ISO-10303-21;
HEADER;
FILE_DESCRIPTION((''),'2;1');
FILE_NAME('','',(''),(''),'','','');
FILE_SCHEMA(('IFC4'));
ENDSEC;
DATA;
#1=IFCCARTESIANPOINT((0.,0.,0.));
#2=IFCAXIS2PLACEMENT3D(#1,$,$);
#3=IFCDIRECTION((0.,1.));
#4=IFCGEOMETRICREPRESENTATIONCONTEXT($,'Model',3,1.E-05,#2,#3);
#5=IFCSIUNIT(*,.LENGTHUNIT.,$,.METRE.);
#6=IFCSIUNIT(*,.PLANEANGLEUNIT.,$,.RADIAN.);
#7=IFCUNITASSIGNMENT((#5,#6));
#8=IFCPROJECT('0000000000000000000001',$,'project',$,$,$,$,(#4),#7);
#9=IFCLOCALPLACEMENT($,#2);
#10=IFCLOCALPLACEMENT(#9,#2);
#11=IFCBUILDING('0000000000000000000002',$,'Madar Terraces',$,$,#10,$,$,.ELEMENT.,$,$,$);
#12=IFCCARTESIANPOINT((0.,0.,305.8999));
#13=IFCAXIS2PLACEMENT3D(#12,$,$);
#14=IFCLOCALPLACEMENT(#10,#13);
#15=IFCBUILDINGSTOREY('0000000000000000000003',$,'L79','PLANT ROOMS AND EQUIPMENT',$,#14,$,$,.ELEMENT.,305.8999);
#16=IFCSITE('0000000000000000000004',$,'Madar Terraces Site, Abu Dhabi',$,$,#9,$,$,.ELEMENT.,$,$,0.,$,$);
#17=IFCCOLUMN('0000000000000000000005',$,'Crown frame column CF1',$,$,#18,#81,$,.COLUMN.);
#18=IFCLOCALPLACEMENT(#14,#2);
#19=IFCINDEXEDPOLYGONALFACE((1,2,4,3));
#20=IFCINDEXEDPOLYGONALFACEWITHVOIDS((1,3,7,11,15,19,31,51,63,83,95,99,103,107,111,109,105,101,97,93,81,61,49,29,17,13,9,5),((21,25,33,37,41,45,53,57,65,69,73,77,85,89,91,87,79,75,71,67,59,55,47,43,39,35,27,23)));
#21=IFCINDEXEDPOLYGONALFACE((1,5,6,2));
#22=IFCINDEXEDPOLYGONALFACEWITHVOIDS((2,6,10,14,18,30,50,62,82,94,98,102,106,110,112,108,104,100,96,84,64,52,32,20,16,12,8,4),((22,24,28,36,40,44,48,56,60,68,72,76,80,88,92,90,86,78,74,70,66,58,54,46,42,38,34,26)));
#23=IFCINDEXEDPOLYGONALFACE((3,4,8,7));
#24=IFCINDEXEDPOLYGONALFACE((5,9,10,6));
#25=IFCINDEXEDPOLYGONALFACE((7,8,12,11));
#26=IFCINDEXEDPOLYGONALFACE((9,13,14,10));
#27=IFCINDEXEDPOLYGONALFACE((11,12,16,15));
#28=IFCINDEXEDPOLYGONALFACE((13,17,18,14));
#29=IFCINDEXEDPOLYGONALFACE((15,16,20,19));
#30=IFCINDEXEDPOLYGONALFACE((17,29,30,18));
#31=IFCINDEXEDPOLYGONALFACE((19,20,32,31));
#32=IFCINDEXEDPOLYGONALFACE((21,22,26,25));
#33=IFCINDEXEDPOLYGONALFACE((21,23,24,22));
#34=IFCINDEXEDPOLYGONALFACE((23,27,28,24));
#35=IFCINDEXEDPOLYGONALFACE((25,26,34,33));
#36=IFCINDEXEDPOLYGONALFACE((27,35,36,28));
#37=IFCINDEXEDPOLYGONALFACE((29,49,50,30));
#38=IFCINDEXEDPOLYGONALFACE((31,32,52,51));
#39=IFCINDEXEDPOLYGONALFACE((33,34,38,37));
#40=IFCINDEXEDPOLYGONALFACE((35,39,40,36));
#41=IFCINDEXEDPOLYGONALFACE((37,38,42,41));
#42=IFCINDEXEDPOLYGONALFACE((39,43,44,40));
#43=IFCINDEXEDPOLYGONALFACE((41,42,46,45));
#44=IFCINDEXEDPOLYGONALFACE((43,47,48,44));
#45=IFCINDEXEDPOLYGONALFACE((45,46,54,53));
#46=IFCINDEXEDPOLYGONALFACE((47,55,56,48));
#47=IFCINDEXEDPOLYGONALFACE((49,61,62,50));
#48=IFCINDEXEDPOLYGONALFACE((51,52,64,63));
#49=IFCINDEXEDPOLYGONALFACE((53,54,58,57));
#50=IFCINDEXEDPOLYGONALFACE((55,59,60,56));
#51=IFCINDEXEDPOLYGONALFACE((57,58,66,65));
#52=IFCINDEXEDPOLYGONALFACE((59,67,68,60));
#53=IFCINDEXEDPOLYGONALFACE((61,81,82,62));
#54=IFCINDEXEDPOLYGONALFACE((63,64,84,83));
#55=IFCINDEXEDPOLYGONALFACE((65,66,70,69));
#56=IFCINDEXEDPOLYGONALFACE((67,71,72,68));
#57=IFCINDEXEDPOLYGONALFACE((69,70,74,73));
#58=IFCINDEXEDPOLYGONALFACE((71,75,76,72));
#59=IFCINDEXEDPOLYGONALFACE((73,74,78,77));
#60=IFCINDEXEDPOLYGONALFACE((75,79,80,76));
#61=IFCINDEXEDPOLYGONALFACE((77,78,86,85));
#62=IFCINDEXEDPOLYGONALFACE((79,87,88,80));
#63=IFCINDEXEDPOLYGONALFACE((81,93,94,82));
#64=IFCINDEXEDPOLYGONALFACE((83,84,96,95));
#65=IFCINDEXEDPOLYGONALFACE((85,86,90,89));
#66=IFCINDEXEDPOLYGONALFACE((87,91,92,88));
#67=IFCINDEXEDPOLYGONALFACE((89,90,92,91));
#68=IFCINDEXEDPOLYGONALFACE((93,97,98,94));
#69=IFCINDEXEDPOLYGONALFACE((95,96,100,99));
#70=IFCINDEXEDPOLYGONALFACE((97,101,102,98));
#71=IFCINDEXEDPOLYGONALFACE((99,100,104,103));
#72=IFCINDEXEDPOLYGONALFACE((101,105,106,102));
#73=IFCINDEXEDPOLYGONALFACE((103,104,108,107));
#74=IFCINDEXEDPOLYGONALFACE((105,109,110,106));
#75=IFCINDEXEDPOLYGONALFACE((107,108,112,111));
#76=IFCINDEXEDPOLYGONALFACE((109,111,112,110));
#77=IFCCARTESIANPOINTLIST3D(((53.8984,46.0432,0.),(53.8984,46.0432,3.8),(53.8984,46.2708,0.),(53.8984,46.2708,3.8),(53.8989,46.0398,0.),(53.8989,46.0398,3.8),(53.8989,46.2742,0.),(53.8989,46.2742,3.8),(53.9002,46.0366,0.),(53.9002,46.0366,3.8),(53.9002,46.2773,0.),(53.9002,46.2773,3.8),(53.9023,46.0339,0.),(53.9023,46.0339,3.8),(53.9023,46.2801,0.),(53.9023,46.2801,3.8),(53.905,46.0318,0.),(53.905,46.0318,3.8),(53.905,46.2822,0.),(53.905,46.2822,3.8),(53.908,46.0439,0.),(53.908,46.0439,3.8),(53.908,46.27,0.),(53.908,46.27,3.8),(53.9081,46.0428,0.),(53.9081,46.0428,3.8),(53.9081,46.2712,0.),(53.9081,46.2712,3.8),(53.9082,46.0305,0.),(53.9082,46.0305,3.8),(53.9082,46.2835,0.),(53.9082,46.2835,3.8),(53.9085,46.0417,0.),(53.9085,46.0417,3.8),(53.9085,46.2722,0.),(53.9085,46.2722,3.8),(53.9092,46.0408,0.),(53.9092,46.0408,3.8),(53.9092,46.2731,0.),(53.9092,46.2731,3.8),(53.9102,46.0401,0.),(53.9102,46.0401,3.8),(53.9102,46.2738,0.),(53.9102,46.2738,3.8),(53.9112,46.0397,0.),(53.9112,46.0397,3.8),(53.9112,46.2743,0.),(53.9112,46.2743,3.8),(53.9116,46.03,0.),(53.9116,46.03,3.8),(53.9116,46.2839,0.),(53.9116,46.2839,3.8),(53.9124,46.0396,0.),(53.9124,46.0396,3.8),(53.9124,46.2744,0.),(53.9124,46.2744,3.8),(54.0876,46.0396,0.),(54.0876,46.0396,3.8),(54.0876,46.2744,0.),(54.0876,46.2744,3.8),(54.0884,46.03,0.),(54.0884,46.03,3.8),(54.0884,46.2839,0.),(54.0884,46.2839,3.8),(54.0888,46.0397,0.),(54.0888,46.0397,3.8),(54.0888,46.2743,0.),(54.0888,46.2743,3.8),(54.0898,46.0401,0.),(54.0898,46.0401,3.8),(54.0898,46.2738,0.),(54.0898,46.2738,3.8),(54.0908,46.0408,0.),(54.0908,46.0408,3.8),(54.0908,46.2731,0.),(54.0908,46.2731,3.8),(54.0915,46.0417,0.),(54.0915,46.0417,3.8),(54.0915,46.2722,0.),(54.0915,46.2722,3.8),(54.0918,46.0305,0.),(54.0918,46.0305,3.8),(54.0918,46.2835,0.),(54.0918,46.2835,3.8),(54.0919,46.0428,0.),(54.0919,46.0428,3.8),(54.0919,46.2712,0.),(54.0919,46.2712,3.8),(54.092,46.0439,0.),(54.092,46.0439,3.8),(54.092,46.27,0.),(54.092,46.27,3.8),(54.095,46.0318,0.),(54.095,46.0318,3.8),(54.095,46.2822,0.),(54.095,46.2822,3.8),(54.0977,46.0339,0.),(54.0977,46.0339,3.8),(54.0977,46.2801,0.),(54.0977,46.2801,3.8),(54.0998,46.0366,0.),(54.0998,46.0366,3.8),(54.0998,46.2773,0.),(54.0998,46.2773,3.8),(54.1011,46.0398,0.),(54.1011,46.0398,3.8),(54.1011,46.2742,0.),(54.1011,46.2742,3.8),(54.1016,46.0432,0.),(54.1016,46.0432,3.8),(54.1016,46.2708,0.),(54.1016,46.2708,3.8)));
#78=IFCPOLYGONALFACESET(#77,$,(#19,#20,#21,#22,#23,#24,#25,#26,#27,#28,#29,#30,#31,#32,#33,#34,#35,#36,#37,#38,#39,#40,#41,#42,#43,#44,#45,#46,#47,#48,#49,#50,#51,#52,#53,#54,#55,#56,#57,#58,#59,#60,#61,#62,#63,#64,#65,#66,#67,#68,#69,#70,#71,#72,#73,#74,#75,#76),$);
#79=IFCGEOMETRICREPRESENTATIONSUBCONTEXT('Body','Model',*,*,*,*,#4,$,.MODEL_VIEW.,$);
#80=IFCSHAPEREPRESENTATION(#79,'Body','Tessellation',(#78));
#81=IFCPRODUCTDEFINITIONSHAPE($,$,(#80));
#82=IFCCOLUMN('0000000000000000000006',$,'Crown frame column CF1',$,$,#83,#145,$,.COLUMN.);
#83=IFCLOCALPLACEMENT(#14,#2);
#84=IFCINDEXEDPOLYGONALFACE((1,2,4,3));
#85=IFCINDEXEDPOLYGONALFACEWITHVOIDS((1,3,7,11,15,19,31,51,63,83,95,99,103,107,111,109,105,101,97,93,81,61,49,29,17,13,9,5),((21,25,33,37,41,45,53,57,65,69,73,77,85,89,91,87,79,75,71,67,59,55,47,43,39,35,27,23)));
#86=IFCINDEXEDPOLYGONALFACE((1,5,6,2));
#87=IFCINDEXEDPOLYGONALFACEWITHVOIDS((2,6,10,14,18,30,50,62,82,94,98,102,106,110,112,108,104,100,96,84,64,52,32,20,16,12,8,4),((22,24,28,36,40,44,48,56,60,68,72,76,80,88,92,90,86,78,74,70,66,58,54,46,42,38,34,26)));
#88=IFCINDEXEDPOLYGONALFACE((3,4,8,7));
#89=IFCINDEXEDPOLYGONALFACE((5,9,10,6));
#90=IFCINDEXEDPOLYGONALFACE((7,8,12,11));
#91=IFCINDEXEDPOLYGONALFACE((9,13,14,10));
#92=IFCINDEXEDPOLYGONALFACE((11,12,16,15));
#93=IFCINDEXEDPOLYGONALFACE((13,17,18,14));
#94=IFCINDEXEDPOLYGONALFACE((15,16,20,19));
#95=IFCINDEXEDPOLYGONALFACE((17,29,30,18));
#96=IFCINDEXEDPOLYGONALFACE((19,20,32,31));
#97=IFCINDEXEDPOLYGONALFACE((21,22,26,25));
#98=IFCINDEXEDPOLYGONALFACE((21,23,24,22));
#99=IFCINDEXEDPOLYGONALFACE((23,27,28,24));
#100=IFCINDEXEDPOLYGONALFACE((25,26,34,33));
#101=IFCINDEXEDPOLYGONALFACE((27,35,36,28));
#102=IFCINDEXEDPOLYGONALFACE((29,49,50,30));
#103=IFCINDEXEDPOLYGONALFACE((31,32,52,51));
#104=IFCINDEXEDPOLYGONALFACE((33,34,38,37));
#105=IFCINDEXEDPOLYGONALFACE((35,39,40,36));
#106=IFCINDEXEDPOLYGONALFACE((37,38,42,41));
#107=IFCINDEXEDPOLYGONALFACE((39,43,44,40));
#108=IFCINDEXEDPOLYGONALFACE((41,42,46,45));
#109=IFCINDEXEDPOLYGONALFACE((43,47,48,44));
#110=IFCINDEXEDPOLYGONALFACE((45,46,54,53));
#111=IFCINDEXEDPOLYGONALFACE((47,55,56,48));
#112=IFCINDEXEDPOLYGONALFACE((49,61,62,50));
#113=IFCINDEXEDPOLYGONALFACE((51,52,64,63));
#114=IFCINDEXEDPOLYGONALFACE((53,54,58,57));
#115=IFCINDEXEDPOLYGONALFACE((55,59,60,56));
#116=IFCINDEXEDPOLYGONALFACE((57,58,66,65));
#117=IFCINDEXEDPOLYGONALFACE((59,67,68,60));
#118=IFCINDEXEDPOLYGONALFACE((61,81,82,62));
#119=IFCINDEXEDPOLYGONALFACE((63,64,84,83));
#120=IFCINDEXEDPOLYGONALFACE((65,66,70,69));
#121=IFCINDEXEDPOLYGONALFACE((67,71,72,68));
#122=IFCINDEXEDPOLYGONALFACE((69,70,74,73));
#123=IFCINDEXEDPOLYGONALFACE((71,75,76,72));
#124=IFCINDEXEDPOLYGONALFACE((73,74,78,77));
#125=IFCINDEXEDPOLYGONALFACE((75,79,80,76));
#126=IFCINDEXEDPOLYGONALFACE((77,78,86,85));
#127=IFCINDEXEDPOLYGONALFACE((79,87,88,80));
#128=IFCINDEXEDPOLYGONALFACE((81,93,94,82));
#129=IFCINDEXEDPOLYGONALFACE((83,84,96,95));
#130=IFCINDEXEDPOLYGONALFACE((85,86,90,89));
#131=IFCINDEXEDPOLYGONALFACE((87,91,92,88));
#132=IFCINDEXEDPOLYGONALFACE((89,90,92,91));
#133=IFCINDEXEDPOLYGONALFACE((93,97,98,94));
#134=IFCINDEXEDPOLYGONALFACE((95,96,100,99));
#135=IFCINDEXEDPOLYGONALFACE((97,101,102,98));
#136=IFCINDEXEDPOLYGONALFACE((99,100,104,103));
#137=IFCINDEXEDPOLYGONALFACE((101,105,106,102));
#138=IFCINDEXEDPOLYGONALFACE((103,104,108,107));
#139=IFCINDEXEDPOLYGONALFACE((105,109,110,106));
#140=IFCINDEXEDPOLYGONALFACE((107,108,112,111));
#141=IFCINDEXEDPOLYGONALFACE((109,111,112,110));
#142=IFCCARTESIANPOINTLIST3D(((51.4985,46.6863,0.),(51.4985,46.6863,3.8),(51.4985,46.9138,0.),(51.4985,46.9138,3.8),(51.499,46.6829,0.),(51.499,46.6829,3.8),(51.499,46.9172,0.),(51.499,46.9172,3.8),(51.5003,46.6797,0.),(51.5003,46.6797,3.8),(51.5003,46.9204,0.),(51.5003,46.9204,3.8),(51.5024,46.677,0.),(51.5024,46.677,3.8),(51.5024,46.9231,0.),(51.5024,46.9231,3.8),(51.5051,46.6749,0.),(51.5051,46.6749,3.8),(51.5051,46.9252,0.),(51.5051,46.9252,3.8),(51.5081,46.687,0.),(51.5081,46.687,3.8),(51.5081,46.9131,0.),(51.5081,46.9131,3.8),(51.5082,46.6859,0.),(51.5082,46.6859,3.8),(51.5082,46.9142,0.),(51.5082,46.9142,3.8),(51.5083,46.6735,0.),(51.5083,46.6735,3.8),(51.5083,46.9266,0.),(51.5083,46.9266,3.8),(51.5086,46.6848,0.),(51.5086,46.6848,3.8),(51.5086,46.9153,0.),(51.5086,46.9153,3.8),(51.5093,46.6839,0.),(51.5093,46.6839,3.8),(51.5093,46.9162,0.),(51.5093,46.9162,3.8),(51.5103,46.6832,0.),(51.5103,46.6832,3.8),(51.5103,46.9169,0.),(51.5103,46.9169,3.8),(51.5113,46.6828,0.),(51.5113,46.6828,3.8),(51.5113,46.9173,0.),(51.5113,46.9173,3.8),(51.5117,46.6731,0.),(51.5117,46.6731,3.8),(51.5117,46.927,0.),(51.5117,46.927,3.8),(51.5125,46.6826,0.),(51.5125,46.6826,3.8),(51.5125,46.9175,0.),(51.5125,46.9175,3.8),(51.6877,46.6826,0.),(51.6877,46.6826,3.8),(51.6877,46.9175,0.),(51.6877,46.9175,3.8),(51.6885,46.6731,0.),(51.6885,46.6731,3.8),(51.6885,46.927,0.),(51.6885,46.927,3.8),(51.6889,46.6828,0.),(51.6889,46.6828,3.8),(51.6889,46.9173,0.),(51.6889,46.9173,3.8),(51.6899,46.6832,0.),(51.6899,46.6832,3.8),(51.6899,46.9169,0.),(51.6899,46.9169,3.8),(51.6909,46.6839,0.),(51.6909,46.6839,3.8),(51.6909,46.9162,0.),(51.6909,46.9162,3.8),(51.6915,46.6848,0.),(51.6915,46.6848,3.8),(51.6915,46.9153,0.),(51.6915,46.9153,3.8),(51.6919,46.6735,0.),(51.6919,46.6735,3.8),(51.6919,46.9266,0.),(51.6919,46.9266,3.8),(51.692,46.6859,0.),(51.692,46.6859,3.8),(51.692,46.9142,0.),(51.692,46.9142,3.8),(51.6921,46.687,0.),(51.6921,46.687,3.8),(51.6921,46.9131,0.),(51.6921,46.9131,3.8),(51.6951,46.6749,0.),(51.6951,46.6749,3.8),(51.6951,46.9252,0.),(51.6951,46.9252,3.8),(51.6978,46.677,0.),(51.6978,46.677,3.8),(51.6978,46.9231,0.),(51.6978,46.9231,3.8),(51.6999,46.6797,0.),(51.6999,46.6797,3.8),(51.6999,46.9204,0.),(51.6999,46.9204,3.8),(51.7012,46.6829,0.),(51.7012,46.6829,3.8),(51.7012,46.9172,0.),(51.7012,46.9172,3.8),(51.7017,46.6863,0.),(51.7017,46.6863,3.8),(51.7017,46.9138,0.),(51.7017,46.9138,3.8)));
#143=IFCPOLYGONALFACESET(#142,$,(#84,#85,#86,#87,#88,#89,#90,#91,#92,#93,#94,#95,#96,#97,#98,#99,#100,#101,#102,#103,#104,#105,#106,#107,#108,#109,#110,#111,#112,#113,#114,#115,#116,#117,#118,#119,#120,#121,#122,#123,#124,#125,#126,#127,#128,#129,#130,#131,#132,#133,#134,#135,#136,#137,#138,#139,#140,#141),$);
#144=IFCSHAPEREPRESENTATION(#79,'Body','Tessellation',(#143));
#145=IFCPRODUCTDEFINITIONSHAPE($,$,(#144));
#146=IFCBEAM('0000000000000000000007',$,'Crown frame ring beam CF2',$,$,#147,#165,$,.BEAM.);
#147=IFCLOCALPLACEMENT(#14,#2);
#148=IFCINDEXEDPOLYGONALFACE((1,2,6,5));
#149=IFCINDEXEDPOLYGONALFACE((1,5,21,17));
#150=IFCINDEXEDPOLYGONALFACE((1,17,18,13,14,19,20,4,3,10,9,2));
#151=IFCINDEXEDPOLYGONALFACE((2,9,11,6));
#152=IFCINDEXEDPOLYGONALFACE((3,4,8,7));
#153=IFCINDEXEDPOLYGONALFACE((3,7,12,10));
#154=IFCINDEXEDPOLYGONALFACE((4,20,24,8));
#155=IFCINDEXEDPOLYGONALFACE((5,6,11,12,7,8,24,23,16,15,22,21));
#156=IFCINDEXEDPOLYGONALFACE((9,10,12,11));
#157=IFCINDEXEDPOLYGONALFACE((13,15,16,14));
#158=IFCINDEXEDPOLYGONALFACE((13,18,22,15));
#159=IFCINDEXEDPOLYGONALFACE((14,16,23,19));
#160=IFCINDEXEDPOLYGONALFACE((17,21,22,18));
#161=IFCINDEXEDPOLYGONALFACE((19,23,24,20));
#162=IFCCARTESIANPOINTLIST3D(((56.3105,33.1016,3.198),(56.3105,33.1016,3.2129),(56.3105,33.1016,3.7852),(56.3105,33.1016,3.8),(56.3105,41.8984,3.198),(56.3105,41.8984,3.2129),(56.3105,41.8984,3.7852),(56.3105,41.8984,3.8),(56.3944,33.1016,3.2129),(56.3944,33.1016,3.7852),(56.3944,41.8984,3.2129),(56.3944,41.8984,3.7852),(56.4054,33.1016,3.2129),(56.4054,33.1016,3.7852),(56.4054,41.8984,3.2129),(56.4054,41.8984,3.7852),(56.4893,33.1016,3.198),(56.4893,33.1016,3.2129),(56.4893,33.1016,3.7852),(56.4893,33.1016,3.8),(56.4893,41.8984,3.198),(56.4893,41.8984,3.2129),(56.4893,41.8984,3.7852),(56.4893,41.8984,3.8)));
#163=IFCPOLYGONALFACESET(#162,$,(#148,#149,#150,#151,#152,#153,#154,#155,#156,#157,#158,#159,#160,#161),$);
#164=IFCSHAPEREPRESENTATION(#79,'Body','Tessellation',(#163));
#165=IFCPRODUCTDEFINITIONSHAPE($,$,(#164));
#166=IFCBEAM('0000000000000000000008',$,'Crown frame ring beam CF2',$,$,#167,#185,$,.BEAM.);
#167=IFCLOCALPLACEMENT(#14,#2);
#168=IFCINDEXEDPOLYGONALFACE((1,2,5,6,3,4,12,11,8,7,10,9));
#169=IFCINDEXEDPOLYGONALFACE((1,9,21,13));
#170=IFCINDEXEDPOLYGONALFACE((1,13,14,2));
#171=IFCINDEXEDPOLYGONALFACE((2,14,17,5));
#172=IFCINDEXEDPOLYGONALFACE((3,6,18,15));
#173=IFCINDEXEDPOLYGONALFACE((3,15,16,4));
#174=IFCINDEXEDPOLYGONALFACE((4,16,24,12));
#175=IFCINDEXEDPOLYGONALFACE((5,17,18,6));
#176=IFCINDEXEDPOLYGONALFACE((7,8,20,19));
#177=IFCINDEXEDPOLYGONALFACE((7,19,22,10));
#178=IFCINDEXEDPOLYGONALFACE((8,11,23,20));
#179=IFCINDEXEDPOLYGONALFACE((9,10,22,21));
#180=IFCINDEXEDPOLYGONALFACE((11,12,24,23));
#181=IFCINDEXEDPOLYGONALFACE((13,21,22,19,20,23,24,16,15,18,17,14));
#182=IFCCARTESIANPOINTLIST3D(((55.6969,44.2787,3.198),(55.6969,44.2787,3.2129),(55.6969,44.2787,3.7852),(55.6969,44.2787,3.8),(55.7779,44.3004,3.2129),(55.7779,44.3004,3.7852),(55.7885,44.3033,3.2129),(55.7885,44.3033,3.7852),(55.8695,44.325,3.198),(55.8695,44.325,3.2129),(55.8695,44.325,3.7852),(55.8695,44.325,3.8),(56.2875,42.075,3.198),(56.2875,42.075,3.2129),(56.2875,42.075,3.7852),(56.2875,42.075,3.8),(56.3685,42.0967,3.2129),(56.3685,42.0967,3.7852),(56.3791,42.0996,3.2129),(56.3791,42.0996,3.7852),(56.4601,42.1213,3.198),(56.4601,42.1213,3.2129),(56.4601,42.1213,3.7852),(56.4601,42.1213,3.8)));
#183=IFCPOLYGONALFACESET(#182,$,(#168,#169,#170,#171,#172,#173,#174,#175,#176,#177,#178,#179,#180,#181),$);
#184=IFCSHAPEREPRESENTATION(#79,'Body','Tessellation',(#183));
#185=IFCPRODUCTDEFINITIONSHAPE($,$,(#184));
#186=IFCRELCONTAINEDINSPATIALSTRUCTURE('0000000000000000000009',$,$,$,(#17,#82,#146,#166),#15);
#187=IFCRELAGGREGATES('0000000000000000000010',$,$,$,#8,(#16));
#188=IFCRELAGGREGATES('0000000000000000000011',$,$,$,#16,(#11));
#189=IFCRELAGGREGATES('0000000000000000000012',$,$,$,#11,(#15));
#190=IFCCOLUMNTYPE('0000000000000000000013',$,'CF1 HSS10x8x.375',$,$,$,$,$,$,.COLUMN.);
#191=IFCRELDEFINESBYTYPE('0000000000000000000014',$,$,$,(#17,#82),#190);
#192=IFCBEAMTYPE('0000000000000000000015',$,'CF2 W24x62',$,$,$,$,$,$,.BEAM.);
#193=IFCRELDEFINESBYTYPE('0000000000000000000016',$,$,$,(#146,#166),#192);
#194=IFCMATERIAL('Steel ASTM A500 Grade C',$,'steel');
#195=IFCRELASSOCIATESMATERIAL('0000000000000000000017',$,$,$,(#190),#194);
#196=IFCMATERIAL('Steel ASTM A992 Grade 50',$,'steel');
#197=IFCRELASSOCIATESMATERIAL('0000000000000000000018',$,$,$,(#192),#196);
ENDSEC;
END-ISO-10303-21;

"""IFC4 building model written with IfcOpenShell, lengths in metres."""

from ifc_helpers import new_model, si_unit, direction, frame, origin, origin_2d, place, context, subcontext, project, spatial, hollow_rectangle, i_section, extrude, material, material_profile, profile_set, type_object, element, save


model = new_model("IFC4")

# Units and contexts
model_context = context("Model", 3, precision=1e-05, world=origin(), true_north=direction((0.0, 1.0)))
body_context = subcontext(model_context, "Body", "Model", "MODEL_VIEW")
ifc_project = project(units=[si_unit("LENGTHUNIT", "METRE"), si_unit("PLANEANGLEUNIT", "RADIAN")], contexts=[model_context])

# Site, building, storey
site_placement = place(None, origin())
site = spatial("IfcSite", under=ifc_project, at=site_placement, Name="Madar Terraces Site, Abu Dhabi", CompositionType="ELEMENT", RefElevation=0.0)
building_placement = place(site_placement, origin())
building = spatial("IfcBuilding", under=site, at=building_placement, Name="Madar Terraces", CompositionType="ELEMENT")
storey_placement = place(building_placement, frame((0.0, 0.0, 305.8999)))
storey = spatial("IfcBuildingStorey", under=building, at=storey_placement, Name="L79", Description="PLANT ROOMS AND EQUIPMENT", CompositionType="ELEMENT", Elevation=305.8999)

# Columns
ifc_material_1 = material(Name="Steel ASTM A500 Grade C", Category="steel")
ifc_material_profile_1 = material_profile(ifc_material_1, hollow_rectangle(XDim=0.2031, YDim=0.2539, WallThickness=0.0095, InnerFilletRadius=0.0044, OuterFilletRadius=0.0132, at=origin_2d()), Name="HSS10x8x.375")
ifc_profile_set_1 = profile_set([ifc_material_profile_1], Name="Steel ASTM A500 Grade C")
column_type = type_object("IfcColumnType", Name="CF1 HSS10x8x.375", PredefinedType="COLUMN", material=ifc_profile_set_1)
for number, where, z_axis, x_axis, name in (
    (1, (54.0, 46.157, 0.0), (0.0, 0.0, 1.0), (1.0, 0.0, 0.0), "Crown frame column CF1"),
    (2, (51.6001, 46.8, 0.0), (0.0, 0.0, 1.0), (1.0, 0.0, 0.0), "Crown frame column CF1"),
):
    element("IfcColumn", number, at=place(storey_placement, frame(where, z_axis=z_axis, x_axis=x_axis)), inside=storey, type_object=column_type, Name=name, PredefinedType="COLUMN", context=body_context, shape_type="SweptSolid", body=[
        extrude(hollow_rectangle(XDim=0.2031, YDim=0.2539, WallThickness=0.0095, InnerFilletRadius=0.0044, OuterFilletRadius=0.0132, at=origin_2d()), origin(), (0.0, 0.0, 1.0), 3.8),
    ])

# Beams
ifc_material_2 = material(Name="Steel ASTM A992 Grade 50", Category="steel")
ifc_material_profile_2 = material_profile(ifc_material_2, i_section(OverallWidth=0.1787, OverallDepth=0.6021, WebThickness=0.011, FlangeThickness=0.0149, at=origin_2d()), Name="W24x62")
ifc_profile_set_2 = profile_set([ifc_material_profile_2], Name="Steel ASTM A992 Grade 50")
beam_type = type_object("IfcBeamType", Name="CF2 W24x62", PredefinedType="BEAM", material=ifc_profile_set_2)
beam_1_placement = place(storey_placement, frame((56.3999, 33.1016, 3.499), z_axis=(0.0, 1.0, 0.0), x_axis=(-1.0, 0.0, 0.0)))
element("IfcBeam", 3, at=beam_1_placement, inside=storey, type_object=beam_type, Name="Crown frame ring beam CF2", PredefinedType="BEAM", context=body_context, shape_type="SweptSolid", body=[
    extrude(i_section(OverallWidth=0.1787, OverallDepth=0.6021, WebThickness=0.011, FlangeThickness=0.0149, at=origin_2d()), origin(), (0.0, 0.0, 1.0), 8.7969),
])
beam_2_placement = place(storey_placement, frame((56.3738, 42.0981, 3.499), z_axis=(-0.258868, 0.965913, 0.0), x_axis=(-0.965913, -0.258868, 0.0)))
element("IfcBeam", 4, at=beam_2_placement, inside=storey, type_object=beam_type, Name="Crown frame ring beam CF2", PredefinedType="BEAM", context=body_context, shape_type="SweptSolid", body=[
    extrude(i_section(OverallWidth=0.1787, OverallDepth=0.6021, WebThickness=0.011, FlangeThickness=0.0149, at=origin_2d()), origin(), (0.0, 0.0, 1.0), 2.2815),
])

save(model, "model.ifc")
